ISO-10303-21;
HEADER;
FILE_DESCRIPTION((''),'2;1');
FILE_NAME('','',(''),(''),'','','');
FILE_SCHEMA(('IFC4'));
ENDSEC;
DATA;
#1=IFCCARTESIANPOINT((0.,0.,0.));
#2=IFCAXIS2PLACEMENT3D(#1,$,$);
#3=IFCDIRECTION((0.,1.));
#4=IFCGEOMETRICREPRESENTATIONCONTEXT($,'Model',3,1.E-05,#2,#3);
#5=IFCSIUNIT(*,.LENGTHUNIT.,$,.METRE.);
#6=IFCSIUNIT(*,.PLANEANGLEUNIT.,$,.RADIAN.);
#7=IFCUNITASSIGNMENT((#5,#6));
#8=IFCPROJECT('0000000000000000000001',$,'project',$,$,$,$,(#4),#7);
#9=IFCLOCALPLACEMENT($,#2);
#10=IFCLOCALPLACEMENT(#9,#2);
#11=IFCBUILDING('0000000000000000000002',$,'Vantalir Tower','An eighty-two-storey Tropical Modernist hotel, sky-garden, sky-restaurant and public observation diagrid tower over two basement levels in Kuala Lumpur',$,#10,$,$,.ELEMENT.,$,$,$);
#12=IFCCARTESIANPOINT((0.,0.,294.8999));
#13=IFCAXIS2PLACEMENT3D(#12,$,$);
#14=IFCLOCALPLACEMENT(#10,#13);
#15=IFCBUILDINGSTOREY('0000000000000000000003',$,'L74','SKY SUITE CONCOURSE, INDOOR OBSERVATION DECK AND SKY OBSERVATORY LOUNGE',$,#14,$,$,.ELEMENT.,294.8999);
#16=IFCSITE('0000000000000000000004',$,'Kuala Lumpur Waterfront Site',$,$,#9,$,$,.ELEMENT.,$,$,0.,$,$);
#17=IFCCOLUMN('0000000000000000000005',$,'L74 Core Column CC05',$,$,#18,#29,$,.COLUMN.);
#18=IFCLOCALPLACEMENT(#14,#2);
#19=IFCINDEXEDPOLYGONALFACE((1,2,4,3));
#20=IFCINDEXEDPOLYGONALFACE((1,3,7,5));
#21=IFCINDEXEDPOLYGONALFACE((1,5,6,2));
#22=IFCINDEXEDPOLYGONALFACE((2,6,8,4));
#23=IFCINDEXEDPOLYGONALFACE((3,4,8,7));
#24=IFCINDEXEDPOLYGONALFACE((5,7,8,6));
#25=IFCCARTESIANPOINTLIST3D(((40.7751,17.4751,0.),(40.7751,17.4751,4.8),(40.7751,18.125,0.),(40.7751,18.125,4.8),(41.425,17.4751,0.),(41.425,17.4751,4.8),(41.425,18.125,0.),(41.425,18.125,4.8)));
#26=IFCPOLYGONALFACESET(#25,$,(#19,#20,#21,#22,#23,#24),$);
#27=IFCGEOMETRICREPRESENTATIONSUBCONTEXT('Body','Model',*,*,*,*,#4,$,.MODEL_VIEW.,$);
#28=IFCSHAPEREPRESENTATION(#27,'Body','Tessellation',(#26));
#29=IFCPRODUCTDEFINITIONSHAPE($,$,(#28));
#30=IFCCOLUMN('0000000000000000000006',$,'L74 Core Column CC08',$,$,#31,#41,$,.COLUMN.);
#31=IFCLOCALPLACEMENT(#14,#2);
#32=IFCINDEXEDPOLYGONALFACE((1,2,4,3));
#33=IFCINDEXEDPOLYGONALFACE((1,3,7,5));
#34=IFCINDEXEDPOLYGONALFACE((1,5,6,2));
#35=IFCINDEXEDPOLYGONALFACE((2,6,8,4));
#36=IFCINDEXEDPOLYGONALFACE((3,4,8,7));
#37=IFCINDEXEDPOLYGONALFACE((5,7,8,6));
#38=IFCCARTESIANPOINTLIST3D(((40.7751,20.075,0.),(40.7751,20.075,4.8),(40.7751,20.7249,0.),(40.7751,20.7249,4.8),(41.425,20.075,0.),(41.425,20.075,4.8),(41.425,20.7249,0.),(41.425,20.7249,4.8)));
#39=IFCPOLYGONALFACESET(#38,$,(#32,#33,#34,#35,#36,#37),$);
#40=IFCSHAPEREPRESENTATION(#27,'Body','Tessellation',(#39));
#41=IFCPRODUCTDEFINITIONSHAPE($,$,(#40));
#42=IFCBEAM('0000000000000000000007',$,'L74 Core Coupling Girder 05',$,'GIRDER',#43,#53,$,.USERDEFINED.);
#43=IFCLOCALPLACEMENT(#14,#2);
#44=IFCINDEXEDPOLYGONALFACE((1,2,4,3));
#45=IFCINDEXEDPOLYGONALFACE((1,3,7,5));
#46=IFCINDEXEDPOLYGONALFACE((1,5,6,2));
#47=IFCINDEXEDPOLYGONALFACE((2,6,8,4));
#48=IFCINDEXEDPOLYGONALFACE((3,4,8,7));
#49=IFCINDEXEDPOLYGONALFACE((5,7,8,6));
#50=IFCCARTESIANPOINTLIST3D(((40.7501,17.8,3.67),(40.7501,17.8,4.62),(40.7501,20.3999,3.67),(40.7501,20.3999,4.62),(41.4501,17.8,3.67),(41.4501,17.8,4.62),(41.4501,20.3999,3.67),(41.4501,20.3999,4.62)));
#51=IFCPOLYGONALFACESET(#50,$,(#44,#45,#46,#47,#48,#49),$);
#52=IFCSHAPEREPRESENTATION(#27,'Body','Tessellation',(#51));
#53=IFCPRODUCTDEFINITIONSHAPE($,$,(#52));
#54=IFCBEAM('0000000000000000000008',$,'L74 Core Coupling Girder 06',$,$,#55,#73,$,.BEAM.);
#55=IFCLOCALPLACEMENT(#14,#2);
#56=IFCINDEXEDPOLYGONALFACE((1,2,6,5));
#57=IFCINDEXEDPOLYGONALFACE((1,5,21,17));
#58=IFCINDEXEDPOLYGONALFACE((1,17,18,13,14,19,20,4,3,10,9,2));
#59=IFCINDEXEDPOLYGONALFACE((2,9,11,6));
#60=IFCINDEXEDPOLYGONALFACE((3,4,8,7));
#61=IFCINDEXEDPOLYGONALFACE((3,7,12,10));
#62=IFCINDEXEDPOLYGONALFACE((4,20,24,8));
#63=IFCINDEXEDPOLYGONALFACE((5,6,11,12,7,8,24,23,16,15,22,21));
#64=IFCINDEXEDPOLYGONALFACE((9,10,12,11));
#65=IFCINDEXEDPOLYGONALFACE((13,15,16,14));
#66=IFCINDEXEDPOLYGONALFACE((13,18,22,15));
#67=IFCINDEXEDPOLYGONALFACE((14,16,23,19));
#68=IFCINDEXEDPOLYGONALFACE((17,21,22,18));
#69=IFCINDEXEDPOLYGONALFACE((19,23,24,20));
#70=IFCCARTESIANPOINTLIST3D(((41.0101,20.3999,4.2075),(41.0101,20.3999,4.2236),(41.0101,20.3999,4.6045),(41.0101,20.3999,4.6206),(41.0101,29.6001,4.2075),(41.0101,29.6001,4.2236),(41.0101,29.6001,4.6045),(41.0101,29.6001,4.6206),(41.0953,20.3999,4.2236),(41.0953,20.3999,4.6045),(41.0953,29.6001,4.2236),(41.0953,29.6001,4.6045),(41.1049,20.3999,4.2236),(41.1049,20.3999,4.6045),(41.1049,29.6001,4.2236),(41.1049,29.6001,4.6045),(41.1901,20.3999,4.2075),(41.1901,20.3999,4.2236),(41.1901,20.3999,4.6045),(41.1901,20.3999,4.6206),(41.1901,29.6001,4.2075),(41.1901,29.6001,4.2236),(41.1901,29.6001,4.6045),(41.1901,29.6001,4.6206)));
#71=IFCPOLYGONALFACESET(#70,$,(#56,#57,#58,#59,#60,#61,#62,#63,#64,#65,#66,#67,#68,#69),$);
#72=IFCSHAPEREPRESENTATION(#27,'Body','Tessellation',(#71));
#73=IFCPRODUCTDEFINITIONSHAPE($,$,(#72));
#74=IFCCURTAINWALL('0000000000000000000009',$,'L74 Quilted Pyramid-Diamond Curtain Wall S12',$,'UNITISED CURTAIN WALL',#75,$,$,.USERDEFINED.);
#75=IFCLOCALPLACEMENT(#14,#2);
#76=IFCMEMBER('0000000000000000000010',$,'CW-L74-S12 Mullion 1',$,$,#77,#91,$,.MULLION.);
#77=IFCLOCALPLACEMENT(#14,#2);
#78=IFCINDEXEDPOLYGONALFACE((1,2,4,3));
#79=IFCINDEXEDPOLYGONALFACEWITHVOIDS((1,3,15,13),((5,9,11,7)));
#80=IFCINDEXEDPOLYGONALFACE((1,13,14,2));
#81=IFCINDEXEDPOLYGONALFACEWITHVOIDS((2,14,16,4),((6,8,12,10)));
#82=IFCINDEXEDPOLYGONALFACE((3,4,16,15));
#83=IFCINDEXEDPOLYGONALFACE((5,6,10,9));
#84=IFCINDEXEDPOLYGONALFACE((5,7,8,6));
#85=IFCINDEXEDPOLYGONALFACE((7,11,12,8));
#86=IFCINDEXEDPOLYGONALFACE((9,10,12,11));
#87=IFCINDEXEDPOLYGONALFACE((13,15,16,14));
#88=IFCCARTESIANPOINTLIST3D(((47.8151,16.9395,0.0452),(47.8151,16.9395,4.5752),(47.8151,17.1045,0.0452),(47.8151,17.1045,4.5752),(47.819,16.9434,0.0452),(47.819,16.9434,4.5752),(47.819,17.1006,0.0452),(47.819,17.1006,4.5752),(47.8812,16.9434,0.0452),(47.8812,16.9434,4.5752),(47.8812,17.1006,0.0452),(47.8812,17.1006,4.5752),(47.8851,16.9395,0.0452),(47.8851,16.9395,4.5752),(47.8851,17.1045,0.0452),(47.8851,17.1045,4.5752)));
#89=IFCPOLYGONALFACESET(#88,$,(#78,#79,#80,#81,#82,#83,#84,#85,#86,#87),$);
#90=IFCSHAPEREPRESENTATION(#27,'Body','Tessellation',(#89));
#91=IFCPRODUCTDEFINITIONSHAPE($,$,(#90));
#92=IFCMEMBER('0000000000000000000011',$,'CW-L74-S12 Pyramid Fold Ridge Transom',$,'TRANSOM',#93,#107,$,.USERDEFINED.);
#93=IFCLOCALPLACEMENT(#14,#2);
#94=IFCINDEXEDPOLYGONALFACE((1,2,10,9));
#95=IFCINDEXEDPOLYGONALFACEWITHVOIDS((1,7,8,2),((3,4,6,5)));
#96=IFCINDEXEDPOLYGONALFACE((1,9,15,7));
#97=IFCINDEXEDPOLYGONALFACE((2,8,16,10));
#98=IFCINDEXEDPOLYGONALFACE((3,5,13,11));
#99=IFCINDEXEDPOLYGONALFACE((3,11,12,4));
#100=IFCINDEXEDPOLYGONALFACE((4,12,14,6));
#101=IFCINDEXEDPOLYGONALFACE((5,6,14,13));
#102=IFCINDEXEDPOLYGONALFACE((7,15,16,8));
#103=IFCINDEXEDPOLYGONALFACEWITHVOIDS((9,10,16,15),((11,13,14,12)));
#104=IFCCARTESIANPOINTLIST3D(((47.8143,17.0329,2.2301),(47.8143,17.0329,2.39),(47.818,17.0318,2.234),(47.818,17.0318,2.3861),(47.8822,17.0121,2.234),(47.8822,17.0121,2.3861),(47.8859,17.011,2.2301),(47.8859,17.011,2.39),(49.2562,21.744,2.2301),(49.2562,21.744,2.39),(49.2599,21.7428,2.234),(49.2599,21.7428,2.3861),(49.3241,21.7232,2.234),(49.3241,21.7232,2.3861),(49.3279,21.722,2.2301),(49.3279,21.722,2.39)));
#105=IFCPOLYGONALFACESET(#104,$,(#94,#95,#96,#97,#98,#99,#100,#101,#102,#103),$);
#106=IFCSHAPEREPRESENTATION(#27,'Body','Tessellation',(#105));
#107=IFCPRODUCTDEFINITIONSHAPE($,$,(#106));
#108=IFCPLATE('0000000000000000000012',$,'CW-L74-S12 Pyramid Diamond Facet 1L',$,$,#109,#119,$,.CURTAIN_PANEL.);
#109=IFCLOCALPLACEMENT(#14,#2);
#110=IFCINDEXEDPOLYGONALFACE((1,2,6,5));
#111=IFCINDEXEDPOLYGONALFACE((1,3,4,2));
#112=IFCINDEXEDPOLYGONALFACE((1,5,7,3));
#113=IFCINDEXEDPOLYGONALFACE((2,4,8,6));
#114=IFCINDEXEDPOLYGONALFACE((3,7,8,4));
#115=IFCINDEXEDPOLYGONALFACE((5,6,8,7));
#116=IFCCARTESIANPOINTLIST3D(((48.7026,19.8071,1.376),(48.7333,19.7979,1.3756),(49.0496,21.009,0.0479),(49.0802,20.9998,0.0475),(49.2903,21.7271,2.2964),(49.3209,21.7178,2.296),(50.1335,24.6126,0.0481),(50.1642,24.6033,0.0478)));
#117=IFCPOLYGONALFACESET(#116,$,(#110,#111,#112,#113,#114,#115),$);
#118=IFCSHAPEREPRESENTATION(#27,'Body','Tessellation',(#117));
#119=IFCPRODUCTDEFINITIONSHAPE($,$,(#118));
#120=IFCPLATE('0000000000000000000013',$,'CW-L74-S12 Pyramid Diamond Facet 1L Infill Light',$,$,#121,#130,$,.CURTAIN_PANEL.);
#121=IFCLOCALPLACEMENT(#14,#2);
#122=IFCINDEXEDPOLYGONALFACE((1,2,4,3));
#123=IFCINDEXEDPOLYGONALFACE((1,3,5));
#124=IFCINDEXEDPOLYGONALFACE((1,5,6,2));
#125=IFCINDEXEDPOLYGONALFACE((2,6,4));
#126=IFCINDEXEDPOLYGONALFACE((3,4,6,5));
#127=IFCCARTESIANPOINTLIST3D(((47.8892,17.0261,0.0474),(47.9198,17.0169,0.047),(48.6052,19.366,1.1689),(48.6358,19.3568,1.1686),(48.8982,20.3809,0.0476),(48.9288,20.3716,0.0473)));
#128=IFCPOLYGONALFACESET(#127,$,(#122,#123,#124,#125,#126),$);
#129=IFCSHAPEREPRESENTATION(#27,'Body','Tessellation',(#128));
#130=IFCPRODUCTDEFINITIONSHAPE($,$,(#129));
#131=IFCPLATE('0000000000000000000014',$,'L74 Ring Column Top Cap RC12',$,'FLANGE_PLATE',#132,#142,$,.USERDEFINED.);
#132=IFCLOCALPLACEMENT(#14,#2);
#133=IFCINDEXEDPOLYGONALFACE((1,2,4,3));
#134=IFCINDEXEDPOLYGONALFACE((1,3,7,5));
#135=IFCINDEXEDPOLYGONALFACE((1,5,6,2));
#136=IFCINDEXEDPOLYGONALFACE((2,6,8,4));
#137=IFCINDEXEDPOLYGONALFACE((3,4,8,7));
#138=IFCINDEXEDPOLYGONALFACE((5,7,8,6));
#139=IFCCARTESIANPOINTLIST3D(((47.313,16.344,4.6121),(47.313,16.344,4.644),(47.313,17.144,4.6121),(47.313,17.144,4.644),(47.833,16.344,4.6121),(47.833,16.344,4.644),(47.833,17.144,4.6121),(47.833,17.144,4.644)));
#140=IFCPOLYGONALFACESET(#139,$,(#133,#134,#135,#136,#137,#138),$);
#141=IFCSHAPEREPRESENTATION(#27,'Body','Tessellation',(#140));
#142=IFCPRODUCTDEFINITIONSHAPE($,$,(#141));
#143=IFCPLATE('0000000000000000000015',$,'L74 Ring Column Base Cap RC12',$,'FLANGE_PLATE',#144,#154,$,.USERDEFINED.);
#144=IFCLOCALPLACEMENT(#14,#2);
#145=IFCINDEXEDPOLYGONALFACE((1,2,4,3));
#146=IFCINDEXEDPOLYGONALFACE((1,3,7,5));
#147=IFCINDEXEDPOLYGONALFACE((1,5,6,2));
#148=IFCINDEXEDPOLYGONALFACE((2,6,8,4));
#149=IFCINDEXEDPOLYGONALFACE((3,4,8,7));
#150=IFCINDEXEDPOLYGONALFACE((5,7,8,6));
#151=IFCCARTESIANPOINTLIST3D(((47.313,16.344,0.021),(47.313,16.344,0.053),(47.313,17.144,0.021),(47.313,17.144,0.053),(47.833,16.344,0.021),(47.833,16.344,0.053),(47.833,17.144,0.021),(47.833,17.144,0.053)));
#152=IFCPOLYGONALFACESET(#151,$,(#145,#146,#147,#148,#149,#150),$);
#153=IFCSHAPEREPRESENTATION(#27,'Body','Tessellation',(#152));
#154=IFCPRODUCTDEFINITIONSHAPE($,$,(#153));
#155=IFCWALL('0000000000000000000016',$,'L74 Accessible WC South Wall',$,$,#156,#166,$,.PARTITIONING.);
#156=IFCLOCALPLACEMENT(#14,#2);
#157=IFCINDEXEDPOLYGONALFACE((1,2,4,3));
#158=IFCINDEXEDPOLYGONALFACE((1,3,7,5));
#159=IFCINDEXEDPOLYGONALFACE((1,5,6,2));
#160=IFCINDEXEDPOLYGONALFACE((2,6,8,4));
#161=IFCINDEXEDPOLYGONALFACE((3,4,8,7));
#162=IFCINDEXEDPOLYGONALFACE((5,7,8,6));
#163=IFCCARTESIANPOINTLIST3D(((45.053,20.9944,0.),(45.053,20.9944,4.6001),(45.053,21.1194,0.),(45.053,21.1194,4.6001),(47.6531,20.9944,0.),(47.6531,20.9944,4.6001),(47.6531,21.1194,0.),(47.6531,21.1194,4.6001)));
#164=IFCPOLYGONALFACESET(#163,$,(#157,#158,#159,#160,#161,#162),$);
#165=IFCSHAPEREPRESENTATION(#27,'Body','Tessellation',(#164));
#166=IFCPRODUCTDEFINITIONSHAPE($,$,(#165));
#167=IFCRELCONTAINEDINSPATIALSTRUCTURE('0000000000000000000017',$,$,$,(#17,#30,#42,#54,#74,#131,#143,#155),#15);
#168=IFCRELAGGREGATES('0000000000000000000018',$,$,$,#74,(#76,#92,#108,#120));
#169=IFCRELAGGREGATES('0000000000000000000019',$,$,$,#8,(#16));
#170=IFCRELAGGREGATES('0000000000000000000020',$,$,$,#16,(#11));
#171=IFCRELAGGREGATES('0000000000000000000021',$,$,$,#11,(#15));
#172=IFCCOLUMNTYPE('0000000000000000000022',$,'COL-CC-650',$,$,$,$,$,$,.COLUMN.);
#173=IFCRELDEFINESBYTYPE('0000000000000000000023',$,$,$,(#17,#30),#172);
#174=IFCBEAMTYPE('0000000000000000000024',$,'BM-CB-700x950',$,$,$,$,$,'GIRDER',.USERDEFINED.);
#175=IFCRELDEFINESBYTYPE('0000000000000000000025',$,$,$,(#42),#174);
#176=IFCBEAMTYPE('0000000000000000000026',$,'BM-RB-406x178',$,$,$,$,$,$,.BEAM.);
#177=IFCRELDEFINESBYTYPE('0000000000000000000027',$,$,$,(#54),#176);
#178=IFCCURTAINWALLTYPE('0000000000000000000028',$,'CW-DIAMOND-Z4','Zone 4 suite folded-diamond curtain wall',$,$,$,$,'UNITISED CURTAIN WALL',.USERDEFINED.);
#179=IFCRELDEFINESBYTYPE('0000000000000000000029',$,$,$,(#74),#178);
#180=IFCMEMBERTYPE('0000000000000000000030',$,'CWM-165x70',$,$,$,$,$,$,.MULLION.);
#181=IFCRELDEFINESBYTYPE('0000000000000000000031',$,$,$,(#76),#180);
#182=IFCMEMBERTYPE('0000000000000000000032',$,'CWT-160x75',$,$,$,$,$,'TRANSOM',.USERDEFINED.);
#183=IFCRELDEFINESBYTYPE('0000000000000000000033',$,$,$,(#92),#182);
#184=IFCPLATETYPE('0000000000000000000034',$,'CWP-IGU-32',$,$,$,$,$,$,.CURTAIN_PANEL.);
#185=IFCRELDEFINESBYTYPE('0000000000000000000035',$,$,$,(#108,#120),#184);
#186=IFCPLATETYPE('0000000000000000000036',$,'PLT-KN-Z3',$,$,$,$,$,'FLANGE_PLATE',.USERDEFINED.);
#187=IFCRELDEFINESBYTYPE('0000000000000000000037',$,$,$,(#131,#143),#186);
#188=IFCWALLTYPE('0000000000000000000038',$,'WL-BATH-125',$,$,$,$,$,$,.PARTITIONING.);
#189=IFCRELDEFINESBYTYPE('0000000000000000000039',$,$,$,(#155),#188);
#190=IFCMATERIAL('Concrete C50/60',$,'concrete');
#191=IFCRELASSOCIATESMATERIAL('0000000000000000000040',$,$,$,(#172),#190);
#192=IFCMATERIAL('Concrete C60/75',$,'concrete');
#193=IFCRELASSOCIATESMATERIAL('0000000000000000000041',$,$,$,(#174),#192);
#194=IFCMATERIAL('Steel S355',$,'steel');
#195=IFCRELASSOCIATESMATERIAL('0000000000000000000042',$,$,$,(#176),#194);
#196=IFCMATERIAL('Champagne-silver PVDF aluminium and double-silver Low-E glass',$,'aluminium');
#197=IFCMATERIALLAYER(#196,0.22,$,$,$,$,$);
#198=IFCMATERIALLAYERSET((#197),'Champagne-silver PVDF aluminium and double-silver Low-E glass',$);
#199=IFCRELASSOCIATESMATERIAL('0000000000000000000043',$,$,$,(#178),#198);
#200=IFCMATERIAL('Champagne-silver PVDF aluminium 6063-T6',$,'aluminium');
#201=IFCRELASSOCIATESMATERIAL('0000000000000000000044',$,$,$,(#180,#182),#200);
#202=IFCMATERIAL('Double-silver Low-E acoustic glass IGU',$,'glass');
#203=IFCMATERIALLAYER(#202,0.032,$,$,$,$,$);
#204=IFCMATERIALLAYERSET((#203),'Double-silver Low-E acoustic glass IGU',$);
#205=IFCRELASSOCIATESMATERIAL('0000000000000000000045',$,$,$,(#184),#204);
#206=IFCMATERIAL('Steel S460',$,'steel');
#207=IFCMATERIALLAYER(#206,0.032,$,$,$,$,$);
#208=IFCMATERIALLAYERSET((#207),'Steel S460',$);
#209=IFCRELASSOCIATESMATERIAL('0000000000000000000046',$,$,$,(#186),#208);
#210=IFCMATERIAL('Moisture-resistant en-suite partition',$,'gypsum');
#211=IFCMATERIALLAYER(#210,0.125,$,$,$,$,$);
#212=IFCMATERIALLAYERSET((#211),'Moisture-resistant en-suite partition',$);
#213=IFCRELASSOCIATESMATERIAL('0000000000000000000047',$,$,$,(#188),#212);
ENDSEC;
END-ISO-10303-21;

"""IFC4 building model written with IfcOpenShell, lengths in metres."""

from ifc_helpers import new_model, si_unit, direction, frame, frame_2d, origin, origin_2d, place, context, subcontext, project, spatial, polyline, rectangle, hollow_rectangle, i_section, outline, extrude, material, layer, layer_set, material_profile, profile_set, type_object, element, aggregate, save


model = new_model("IFC4")

# Units and contexts
model_context = context("Model", 3, precision=1e-05, world=origin(), true_north=direction((0.0, 1.0)))
body_context = subcontext(model_context, "Body", "Model", "MODEL_VIEW")
ifc_project = project(units=[si_unit("LENGTHUNIT", "METRE"), si_unit("PLANEANGLEUNIT", "RADIAN")], contexts=[model_context])

# Site, building, storey
site_placement = place(None, origin())
site = spatial("IfcSite", under=ifc_project, at=site_placement, Name="Kuala Lumpur Waterfront Site", CompositionType="ELEMENT", RefElevation=0.0)
building_placement = place(site_placement, origin())
building = spatial("IfcBuilding", under=site, at=building_placement, Name="Vantalir Tower", Description="An eighty-two-storey Tropical Modernist hotel, sky-garden, sky-restaurant and public observation diagrid tower over two basement levels in Kuala Lumpur", CompositionType="ELEMENT")
storey_placement = place(building_placement, frame((0.0, 0.0, 294.8999)))
storey = spatial("IfcBuildingStorey", under=building, at=storey_placement, Name="L74", Description="SKY SUITE CONCOURSE, INDOOR OBSERVATION DECK AND SKY OBSERVATORY LOUNGE", CompositionType="ELEMENT", Elevation=294.8999)

# Columns
ifc_material_1 = material(Name="Concrete C50/60", Category="concrete")
ifc_material_profile_1 = material_profile(ifc_material_1, rectangle(XDim=0.6499, YDim=0.6499, at=origin_2d()), Name="Concrete C50/60")
ifc_profile_set_1 = profile_set([ifc_material_profile_1], Name="Concrete C50/60")
column_type = type_object("IfcColumnType", Name="COL-CC-650", PredefinedType="COLUMN", material=ifc_profile_set_1)
for number, where, z_axis, x_axis, name in (
    (1, (41.1001, 17.8, 0.0), (0.0, 0.0, 1.0), (1.0, 0.0, 0.0), "L74 Core Column CC05"),
    (2, (41.1001, 20.3999, 0.0), (0.0, 0.0, 1.0), (1.0, 0.0, 0.0), "L74 Core Column CC08"),
):
    element("IfcColumn", number, at=place(storey_placement, frame(where, z_axis=z_axis, x_axis=x_axis)), inside=storey, type_object=column_type, Name=name, PredefinedType="COLUMN", context=body_context, shape_type="SweptSolid", body=[
        extrude(rectangle(XDim=0.6499, YDim=0.6499, at=origin_2d()), origin(), (0.0, 0.0, 1.0), 4.8),
    ])

# Beams
ifc_material_2 = material(Name="Concrete C60/75", Category="concrete")
ifc_material_profile_2 = material_profile(ifc_material_2, rectangle(XDim=0.7, YDim=0.95, at=origin_2d()), Name="Concrete C60/75")
ifc_profile_set_2 = profile_set([ifc_material_profile_2], Name="Concrete C60/75")
beam_type_1 = type_object("IfcBeamType", Name="BM-CB-700x950", ElementType="GIRDER", PredefinedType="USERDEFINED", material=ifc_profile_set_2)
beam_1_placement = place(storey_placement, frame((41.1001, 17.8, 4.145), z_axis=(0.0, 1.0, 0.0), x_axis=(-1.0, 0.0, 0.0)))
element("IfcBeam", 3, at=beam_1_placement, inside=storey, type_object=beam_type_1, Name="L74 Core Coupling Girder 05", ObjectType="GIRDER", PredefinedType="USERDEFINED", context=body_context, shape_type="SweptSolid", body=[
    extrude(rectangle(XDim=0.7, YDim=0.95, at=origin_2d()), origin(), (0.0, 0.0, 1.0), 2.5999),
])
ifc_material_3 = material(Name="Steel S355", Category="steel")
ifc_material_profile_3 = material_profile(ifc_material_3, i_section(OverallWidth=0.1799, OverallDepth=0.4131, WebThickness=0.0095, FlangeThickness=0.0161, at=origin_2d()), Name="Steel S355")
ifc_profile_set_3 = profile_set([ifc_material_profile_3], Name="Steel S355")
beam_type_2 = type_object("IfcBeamType", Name="BM-RB-406x178", PredefinedType="BEAM", material=ifc_profile_set_3)
beam_2_placement = place(storey_placement, frame((41.1001, 20.3999, 4.4141), z_axis=(0.0, 1.0, 0.0), x_axis=(-1.0, 0.0, 0.0)))
element("IfcBeam", 4, at=beam_2_placement, inside=storey, type_object=beam_type_2, Name="L74 Core Coupling Girder 06", PredefinedType="BEAM", context=body_context, shape_type="SweptSolid", body=[
    extrude(i_section(OverallWidth=0.1799, OverallDepth=0.4131, WebThickness=0.0095, FlangeThickness=0.0161, at=origin_2d()), origin(), (0.0, 0.0, 1.0), 9.2002),
])

# Curtain wall, members, plates
ifc_material_4 = material(Name="Champagne-silver PVDF aluminium and double-silver Low-E glass", Category="aluminium")
ifc_layer_1 = layer(ifc_material_4, 0.22)
ifc_layer_set_1 = layer_set([ifc_layer_1], Name="Champagne-silver PVDF aluminium and double-silver Low-E glass")
curtain_wall_type = type_object("IfcCurtainWallType", Name="CW-DIAMOND-Z4", Description="Zone 4 suite folded-diamond curtain wall", ElementType="UNITISED CURTAIN WALL", PredefinedType="USERDEFINED", material=ifc_layer_set_1)
curtain_wall_placement = place(storey_placement, origin())
curtain_wall = element("IfcCurtainWall", 5, at=curtain_wall_placement, inside=storey, type_object=curtain_wall_type, Name="L74 Quilted Pyramid-Diamond Curtain Wall S12", ObjectType="UNITISED CURTAIN WALL", PredefinedType="USERDEFINED")
ifc_material_5 = material(Name="Champagne-silver PVDF aluminium 6063-T6", Category="aluminium")
ifc_material_profile_4 = material_profile(ifc_material_5, hollow_rectangle(XDim=0.0701, YDim=0.165, WallThickness=0.0039, at=origin_2d()), Name="Champagne-silver PVDF aluminium 6063-T6")
ifc_profile_set_4 = profile_set([ifc_material_profile_4], Name="Champagne-silver PVDF aluminium 6063-T6")
member_type_1 = type_object("IfcMemberType", Name="CWM-165x70", PredefinedType="MULLION", material=ifc_profile_set_4)
member_1_placement = place(storey_placement, frame((47.8501, 17.022, 0.0452), z_axis=(0.0, 0.0, 1.0), x_axis=(1.0, 0.0, 0.0)))
member_1 = element("IfcMember", 6, at=member_1_placement, type_object=member_type_1, Name="CW-L74-S12 Mullion 1", PredefinedType="MULLION", context=body_context, shape_type="SweptSolid", body=[
    extrude(hollow_rectangle(XDim=0.0701, YDim=0.165, WallThickness=0.0039, at=origin_2d()), origin(), (0.0, 0.0, 1.0), 4.53),
])
ifc_material_profile_5 = material_profile(ifc_material_5, hollow_rectangle(XDim=0.075, YDim=0.1599, WallThickness=0.0039, at=origin_2d()), Name="Champagne-silver PVDF aluminium 6063-T6")
ifc_profile_set_5 = profile_set([ifc_material_profile_5], Name="Champagne-silver PVDF aluminium 6063-T6")
member_type_2 = type_object("IfcMemberType", Name="CWT-160x75", ElementType="TRANSOM", PredefinedType="USERDEFINED", material=ifc_profile_set_5)
member_2_placement = place(storey_placement, frame((47.8501, 17.022, 2.3101), z_axis=(0.292672, 0.956213, 0.0), x_axis=(-0.956213, 0.292672, 0.0)))
member_2 = element("IfcMember", 7, at=member_2_placement, type_object=member_type_2, Name="CW-L74-S12 Pyramid Fold Ridge Transom", ObjectType="TRANSOM", PredefinedType="USERDEFINED", context=body_context, shape_type="SweptSolid", body=[
    extrude(hollow_rectangle(XDim=0.075, YDim=0.1599, WallThickness=0.0039, at=origin_2d()), origin(), (0.0, 0.0, 1.0), 4.9268),
])
ifc_material_6 = material(Name="Double-silver Low-E acoustic glass IGU", Category="glass")
ifc_layer_2 = layer(ifc_material_6, 0.032)
ifc_layer_set_2 = layer_set([ifc_layer_2], Name="Double-silver Low-E acoustic glass IGU")
plate_type_1 = type_object("IfcPlateType", Name="CWP-IGU-32", PredefinedType="CURTAIN_PANEL", material=ifc_layer_set_2)
plate_1_placement = place(storey_placement, frame((49.0496, 21.009, 0.0479), z_axis=(-0.95756, 0.288043, 0.010534), x_axis=(0.28806, 0.957612, 0.000065)))
plate_1 = element("IfcPlate", 8, at=plate_1_placement, type_object=plate_type_1, Name="CW-L74-S12 Pyramid Diamond Facet 1L", PredefinedType="CURTAIN_PANEL", context=body_context, shape_type="SweptSolid", body=[
    extrude(outline(polyline([(0.0, 0.0), (3.763, 0.0), (0.7571, -2.2486), (-1.2508, -1.3283), (0.0, 0.0)])), origin(), (0.0, 0.0, -1.0), 0.032),
])
plate_2_placement = place(storey_placement, frame((47.8892, 17.0261, 0.0474), z_axis=(-0.957568, 0.288015, 0.010494), x_axis=(0.288032, 0.957621, 0.00007)))
plate_2 = element("IfcPlate", 9, at=plate_2_placement, type_object=plate_type_1, Name="CW-L74-S12 Pyramid Diamond Facet 1L Infill Light", PredefinedType="CURTAIN_PANEL", context=body_context, shape_type="SweptSolid", body=[
    extrude(outline(polyline([(0.0, 0.0), (3.5032, 0.0), (2.447, -1.1215), (0.0, 0.0)])), origin(), (0.0, 0.0, -1.0), 0.032),
])
aggregate(curtain_wall, [member_1, member_2, plate_1, plate_2])

# Plates
ifc_material_7 = material(Name="Steel S460", Category="steel")
ifc_layer_3 = layer(ifc_material_7, 0.032)
ifc_layer_set_3 = layer_set([ifc_layer_3], Name="Steel S460")
plate_type_2 = type_object("IfcPlateType", Name="PLT-KN-Z3", ElementType="FLANGE_PLATE", PredefinedType="USERDEFINED", material=ifc_layer_set_3)
for number, where, z_axis, x_axis, name in (
    (10, (47.313, 17.144, 4.644), (0.0, 0.0, 1.0), (0.0, -1.0, 0.0), "L74 Ring Column Top Cap RC12"),
    (11, (47.313, 17.144, 0.053), (0.0, 0.0, 1.0), (0.0, -1.0, 0.0), "L74 Ring Column Base Cap RC12"),
):
    element("IfcPlate", number, at=place(storey_placement, frame(where, z_axis=z_axis, x_axis=x_axis)), inside=storey, type_object=plate_type_2, Name=name, ObjectType="FLANGE_PLATE", PredefinedType="USERDEFINED", context=body_context, shape_type="SweptSolid", body=[
        extrude(outline(polyline([(0.0, 0.0), (0.8, 0.0), (0.8, 0.52), (0.0, 0.52), (0.0, 0.0)])), origin(), (0.0, 0.0, -1.0), 0.032),
    ])

# Wall
ifc_material_8 = material(Name="Moisture-resistant en-suite partition", Category="gypsum")
ifc_layer_4 = layer(ifc_material_8, 0.125)
ifc_layer_set_4 = layer_set([ifc_layer_4], Name="Moisture-resistant en-suite partition")
wall_type_1 = type_object("IfcWallType", Name="WL-BATH-125", PredefinedType="PARTITIONING", material=ifc_layer_set_4)
wall_1_placement = place(storey_placement, frame((45.053, 21.0569, 0.0), z_axis=(0.0, 0.0, 1.0), x_axis=(1.0, 0.0, 0.0)))
element("IfcWall", 12, at=wall_1_placement, inside=storey, type_object=wall_type_1, Name="L74 Accessible WC South Wall", PredefinedType="PARTITIONING", context=body_context, shape_type="SweptSolid", body=[
    extrude(rectangle(XDim=2.6001, YDim=0.125, at=frame_2d((1.3, 0.0))), origin(), (0.0, 0.0, 1.0), 4.6001),
])

save(model, "model.ifc")
